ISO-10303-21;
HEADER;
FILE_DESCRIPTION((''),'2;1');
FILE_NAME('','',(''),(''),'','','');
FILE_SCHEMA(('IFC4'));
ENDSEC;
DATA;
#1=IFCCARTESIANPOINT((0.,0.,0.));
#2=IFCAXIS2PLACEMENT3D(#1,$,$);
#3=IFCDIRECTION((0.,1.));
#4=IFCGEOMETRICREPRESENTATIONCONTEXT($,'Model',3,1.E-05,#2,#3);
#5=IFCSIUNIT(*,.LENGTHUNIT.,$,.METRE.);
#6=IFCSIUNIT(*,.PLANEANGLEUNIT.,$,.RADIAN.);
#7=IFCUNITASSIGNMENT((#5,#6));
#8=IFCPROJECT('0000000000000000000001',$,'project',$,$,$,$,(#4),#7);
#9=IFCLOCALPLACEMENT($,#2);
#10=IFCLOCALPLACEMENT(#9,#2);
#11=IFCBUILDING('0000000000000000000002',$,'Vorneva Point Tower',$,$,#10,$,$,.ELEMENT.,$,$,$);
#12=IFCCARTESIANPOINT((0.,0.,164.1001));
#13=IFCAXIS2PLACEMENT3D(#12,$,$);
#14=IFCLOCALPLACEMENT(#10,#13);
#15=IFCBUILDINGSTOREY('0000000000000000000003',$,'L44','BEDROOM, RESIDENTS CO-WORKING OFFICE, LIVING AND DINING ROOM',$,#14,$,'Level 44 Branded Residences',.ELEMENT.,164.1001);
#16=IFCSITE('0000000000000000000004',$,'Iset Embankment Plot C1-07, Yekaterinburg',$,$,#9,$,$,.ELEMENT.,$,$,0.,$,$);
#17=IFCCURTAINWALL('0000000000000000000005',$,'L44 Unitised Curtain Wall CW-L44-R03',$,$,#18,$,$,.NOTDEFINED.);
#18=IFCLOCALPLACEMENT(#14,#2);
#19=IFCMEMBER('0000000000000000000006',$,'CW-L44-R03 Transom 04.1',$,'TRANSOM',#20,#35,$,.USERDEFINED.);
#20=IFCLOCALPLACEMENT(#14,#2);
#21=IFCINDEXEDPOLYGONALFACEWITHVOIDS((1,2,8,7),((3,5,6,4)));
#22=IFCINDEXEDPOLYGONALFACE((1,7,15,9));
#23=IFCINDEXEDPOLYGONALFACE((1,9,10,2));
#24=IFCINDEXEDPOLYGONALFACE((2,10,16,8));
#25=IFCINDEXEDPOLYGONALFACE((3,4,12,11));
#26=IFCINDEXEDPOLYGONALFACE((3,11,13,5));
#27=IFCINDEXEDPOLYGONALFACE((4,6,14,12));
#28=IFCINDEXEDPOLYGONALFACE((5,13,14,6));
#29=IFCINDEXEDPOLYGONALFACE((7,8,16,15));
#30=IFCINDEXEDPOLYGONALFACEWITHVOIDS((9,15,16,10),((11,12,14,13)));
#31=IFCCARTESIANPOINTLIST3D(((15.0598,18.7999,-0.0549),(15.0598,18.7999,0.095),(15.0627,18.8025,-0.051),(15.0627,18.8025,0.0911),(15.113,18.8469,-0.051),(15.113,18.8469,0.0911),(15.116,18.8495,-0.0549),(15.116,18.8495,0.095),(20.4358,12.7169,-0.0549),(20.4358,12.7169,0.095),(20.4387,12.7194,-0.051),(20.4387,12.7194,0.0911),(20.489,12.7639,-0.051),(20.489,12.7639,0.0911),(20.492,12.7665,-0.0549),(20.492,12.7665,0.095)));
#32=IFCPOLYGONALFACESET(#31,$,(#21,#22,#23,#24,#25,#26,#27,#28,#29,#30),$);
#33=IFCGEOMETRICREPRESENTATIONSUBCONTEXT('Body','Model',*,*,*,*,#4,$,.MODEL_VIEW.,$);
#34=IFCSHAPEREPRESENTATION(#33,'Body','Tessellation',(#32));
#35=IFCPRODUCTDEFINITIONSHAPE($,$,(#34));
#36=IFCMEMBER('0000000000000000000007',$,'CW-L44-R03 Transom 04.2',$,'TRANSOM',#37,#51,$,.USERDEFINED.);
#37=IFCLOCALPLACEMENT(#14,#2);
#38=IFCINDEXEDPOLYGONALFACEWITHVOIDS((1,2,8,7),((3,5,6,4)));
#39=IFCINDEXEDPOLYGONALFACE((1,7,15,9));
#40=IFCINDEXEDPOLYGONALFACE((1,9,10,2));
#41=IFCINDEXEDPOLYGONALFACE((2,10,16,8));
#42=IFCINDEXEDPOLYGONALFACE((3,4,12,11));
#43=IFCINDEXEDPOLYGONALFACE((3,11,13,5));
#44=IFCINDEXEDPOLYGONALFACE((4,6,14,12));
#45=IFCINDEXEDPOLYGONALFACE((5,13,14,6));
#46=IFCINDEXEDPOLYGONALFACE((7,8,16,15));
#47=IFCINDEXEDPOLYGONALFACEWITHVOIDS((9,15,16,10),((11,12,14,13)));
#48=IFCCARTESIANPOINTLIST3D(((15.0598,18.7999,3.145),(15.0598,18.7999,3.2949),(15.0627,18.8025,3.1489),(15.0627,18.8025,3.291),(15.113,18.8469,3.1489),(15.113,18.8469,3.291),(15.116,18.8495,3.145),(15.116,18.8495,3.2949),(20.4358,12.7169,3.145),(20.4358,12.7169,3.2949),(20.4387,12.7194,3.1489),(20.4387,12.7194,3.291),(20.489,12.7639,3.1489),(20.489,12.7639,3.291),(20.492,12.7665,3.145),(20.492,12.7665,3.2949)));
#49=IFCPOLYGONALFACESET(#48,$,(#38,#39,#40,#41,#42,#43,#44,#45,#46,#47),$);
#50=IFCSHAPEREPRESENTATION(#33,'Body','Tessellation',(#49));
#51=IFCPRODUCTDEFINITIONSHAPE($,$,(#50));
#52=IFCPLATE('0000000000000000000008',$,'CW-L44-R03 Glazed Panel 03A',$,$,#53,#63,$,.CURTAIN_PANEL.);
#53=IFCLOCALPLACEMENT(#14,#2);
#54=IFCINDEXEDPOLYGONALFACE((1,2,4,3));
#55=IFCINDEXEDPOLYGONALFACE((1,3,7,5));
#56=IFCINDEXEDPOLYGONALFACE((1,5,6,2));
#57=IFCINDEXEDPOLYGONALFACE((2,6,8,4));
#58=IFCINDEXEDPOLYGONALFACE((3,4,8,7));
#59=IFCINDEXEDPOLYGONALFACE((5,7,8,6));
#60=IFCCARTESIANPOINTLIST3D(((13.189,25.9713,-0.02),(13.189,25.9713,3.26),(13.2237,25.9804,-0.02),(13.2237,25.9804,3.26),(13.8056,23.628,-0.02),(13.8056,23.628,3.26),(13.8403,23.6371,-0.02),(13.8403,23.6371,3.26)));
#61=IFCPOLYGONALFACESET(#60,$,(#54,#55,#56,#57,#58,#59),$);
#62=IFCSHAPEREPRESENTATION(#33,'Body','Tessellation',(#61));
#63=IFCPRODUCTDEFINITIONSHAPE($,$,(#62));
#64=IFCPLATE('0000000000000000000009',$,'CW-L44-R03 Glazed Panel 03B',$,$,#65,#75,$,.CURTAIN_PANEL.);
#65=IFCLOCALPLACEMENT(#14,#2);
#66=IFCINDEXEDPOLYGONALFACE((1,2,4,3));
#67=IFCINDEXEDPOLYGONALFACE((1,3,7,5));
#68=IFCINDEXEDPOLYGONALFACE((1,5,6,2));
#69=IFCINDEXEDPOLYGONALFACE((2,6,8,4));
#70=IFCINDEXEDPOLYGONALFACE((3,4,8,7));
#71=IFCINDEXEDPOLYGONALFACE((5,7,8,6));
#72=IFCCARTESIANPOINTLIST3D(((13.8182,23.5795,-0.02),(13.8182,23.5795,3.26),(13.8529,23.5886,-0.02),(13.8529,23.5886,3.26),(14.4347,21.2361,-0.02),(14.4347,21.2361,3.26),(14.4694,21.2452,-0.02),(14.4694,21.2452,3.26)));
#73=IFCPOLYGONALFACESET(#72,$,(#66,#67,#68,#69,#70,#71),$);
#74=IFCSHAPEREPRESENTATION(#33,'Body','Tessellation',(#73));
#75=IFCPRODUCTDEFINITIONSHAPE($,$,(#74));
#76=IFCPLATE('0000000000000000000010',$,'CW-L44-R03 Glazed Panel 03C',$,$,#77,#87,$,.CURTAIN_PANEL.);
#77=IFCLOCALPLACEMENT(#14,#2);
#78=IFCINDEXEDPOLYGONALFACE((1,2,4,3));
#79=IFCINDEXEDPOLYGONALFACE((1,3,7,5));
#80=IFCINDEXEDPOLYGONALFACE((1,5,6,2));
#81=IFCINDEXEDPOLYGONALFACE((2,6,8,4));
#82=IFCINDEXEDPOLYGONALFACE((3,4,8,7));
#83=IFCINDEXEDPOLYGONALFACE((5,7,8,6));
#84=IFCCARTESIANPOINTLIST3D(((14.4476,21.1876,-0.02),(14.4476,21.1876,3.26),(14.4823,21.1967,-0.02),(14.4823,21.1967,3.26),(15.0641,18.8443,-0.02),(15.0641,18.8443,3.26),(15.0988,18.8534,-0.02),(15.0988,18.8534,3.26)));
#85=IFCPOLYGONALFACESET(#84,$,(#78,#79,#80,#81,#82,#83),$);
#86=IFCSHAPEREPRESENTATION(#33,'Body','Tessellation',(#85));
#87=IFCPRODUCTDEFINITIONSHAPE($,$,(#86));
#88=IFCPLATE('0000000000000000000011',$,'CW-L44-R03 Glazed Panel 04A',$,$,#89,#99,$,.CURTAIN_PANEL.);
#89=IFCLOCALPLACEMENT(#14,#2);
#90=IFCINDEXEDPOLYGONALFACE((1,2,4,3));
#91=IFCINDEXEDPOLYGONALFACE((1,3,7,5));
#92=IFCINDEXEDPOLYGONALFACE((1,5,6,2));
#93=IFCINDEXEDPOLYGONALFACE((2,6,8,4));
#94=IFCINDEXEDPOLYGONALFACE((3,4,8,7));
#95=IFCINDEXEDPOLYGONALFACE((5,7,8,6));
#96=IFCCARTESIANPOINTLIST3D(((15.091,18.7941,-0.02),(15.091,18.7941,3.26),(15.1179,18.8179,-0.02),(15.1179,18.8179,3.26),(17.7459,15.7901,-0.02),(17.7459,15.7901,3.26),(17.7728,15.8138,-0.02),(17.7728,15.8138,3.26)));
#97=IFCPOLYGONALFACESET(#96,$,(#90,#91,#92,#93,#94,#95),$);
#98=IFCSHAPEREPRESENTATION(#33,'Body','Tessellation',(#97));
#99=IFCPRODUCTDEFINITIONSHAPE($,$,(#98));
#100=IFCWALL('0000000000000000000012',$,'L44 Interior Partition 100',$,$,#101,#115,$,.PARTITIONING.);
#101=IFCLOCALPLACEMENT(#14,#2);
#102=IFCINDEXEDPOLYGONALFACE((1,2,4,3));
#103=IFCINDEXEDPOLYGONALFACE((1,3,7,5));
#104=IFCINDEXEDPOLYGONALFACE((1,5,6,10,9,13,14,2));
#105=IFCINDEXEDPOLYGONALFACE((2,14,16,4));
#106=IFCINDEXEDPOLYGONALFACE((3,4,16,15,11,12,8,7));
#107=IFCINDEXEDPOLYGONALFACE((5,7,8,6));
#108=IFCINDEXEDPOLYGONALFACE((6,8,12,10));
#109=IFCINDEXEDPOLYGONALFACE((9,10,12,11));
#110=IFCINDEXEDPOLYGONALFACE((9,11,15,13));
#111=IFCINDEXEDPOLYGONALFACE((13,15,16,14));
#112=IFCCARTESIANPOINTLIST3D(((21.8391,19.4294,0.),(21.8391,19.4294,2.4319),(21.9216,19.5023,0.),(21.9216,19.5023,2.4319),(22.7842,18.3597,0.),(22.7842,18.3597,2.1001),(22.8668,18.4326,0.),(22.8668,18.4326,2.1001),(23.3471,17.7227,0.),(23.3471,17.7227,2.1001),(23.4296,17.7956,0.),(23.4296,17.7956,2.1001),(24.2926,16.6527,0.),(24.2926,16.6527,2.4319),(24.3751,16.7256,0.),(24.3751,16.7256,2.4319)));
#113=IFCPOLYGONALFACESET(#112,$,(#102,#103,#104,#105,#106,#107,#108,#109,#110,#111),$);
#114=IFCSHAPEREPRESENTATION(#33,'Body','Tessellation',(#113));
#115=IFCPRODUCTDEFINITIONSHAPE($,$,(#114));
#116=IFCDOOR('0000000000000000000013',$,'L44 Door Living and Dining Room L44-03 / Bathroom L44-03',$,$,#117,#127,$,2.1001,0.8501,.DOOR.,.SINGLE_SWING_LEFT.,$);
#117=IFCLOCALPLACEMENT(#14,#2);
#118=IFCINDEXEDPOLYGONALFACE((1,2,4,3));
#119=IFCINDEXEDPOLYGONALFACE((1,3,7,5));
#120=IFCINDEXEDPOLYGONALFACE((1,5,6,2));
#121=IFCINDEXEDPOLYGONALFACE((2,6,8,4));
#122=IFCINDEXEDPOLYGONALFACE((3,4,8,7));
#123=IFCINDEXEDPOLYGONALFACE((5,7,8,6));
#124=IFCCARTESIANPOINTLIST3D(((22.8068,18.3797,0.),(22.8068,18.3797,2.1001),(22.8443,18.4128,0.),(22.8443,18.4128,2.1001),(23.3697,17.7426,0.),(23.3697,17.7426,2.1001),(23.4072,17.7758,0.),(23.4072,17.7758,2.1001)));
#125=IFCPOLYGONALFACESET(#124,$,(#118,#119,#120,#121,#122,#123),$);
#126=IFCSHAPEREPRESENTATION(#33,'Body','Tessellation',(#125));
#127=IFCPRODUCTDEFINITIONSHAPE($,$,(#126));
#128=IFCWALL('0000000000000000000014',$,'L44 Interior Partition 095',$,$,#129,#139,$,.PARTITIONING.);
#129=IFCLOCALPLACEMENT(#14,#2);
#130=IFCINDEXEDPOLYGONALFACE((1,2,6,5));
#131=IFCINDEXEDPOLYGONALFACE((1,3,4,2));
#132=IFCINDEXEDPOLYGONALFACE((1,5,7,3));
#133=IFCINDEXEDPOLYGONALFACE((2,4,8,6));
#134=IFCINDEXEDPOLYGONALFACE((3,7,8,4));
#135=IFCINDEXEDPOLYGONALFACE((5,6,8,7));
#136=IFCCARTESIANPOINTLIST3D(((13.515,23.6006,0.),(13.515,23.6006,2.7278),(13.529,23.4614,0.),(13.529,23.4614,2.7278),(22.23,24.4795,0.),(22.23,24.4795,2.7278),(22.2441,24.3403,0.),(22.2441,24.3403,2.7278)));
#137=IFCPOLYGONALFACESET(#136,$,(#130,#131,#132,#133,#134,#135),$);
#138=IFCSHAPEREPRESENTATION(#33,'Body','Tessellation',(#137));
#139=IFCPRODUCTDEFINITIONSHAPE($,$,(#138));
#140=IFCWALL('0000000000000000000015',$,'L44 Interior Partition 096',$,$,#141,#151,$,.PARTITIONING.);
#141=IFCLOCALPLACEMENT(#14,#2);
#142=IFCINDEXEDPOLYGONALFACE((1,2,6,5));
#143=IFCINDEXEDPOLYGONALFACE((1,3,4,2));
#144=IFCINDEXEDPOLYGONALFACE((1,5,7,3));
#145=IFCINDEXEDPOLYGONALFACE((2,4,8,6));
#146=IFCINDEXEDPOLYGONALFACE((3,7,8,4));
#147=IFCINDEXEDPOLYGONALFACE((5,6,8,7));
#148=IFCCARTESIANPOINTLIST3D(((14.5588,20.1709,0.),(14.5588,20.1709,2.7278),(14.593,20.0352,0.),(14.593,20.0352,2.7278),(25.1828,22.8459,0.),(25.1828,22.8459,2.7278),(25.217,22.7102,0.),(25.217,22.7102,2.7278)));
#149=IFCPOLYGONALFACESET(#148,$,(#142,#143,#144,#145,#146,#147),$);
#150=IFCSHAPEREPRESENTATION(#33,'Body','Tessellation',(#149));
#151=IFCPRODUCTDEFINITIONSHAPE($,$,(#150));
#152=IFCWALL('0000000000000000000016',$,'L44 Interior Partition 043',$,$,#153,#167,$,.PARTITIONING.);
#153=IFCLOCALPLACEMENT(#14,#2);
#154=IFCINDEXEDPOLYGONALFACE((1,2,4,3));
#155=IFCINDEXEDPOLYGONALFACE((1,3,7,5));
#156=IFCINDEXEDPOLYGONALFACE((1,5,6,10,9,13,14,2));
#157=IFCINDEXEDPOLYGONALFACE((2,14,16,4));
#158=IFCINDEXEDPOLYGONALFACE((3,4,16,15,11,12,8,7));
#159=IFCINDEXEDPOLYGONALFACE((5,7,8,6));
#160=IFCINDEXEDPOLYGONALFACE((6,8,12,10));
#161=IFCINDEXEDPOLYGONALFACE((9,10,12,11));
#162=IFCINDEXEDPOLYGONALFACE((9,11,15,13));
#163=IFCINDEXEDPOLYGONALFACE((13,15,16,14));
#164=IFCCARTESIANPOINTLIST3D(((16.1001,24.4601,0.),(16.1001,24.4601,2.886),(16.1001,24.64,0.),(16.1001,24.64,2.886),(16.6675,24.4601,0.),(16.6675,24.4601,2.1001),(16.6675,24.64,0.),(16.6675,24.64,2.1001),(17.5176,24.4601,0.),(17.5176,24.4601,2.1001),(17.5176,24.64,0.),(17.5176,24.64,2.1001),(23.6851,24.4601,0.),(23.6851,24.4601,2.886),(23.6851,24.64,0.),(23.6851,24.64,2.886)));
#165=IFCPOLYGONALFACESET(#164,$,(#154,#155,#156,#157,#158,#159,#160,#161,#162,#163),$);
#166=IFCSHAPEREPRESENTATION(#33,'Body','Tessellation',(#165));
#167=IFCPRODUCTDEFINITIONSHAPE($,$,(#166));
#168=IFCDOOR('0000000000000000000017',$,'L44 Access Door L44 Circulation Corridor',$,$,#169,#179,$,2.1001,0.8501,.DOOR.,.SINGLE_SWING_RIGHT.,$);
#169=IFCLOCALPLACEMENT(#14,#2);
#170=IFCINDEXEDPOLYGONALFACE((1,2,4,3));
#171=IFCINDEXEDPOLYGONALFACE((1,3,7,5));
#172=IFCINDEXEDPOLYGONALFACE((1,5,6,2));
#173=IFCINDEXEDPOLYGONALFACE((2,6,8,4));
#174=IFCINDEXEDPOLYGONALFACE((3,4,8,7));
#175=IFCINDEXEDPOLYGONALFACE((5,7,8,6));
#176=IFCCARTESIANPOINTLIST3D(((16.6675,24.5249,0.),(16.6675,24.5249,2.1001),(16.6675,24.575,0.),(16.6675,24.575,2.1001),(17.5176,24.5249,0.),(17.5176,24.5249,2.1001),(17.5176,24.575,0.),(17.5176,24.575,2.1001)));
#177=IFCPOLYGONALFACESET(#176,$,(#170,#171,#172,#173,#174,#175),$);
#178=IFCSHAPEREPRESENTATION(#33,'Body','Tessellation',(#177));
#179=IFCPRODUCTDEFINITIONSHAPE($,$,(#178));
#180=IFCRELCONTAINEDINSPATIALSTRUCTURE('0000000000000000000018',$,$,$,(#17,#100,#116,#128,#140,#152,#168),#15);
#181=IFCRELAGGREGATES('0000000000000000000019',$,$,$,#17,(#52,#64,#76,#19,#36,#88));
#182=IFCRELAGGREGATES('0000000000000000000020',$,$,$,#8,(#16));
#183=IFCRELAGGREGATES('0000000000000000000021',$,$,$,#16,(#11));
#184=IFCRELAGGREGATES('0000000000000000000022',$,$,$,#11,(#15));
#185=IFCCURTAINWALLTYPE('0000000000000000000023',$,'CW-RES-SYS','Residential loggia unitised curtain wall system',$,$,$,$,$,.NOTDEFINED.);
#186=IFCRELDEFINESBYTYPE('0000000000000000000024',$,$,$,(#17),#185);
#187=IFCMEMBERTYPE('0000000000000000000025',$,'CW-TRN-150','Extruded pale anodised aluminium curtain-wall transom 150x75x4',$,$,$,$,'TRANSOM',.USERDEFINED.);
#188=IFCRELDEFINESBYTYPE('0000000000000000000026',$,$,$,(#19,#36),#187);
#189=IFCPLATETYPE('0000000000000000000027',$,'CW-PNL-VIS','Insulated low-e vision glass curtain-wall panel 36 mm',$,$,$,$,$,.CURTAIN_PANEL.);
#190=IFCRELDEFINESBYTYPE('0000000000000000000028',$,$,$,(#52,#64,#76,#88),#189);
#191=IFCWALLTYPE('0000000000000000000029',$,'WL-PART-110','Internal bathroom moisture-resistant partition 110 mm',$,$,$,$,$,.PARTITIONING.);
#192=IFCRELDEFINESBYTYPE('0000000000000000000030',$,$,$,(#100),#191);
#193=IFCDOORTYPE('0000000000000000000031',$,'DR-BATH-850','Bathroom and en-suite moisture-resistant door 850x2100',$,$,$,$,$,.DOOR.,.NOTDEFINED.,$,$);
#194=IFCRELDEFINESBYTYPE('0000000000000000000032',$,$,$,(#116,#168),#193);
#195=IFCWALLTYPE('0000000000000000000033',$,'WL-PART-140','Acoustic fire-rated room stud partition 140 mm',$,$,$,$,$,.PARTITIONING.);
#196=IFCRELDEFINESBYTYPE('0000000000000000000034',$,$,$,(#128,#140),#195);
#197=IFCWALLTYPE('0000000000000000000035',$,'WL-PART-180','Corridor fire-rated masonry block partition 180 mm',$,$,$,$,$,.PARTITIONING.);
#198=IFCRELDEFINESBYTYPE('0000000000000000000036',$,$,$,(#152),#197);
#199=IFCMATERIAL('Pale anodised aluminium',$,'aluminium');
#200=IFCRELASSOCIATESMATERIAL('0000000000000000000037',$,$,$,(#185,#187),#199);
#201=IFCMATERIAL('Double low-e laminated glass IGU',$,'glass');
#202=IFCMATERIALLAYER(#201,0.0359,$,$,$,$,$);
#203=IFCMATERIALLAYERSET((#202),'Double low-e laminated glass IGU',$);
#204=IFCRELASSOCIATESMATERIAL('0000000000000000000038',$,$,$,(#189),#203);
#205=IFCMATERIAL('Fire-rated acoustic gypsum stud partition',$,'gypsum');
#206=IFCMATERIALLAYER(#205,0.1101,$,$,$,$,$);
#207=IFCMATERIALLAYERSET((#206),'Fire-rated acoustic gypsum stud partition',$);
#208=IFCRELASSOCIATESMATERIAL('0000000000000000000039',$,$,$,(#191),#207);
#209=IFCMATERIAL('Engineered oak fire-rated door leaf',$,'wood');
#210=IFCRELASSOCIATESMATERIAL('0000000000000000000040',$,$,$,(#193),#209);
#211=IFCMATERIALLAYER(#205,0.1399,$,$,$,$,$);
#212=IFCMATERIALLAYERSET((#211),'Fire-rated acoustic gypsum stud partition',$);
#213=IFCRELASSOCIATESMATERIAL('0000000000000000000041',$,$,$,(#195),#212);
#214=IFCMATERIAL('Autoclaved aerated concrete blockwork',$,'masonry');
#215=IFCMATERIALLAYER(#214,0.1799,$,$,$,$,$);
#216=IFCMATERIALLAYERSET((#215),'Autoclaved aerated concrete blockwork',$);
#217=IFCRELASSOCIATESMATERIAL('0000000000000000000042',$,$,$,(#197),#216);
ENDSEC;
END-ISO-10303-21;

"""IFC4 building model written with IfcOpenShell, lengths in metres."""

from ifc_helpers import new_model, si_unit, direction, frame, frame_2d, origin, origin_2d, place, context, subcontext, project, spatial, rectangle, hollow_rectangle, extrude, material, layer, layer_set, material_profile, profile_set, type_object, element, fill, aggregate, save


model = new_model("IFC4")

# Units and contexts
model_context = context("Model", 3, precision=1e-05, world=origin(), true_north=direction((0.0, 1.0)))
body_context = subcontext(model_context, "Body", "Model", "MODEL_VIEW")
ifc_project = project(units=[si_unit("LENGTHUNIT", "METRE"), si_unit("PLANEANGLEUNIT", "RADIAN")], contexts=[model_context])

# Site, building, storey
site_placement = place(None, origin())
site = spatial("IfcSite", under=ifc_project, at=site_placement, Name="Iset Embankment Plot C1-07, Yekaterinburg", CompositionType="ELEMENT", RefElevation=0.0)
building_placement = place(site_placement, origin())
building = spatial("IfcBuilding", under=site, at=building_placement, Name="Vorneva Point Tower", CompositionType="ELEMENT")
storey_placement = place(building_placement, frame((0.0, 0.0, 164.1001)))
storey = spatial("IfcBuildingStorey", under=building, at=storey_placement, Name="L44", Description="BEDROOM, RESIDENTS CO-WORKING OFFICE, LIVING AND DINING ROOM", LongName="Level 44 Branded Residences", CompositionType="ELEMENT", Elevation=164.1001)

# Curtain wall, members, plates
ifc_material_1 = material(Name="Pale anodised aluminium", Category="aluminium")
curtain_wall_type = type_object("IfcCurtainWallType", Name="CW-RES-SYS", Description="Residential loggia unitised curtain wall system", PredefinedType="NOTDEFINED", material=ifc_material_1)
curtain_wall_placement = place(storey_placement, origin())
curtain_wall = element("IfcCurtainWall", 1, at=curtain_wall_placement, inside=storey, type_object=curtain_wall_type, Name="L44 Unitised Curtain Wall CW-L44-R03", PredefinedType="NOTDEFINED")
ifc_material_profile_1 = material_profile(ifc_material_1, hollow_rectangle(XDim=0.075, YDim=0.1499, WallThickness=0.0039, at=origin_2d()), Name="AL-TRN 150x75x4")
ifc_profile_set_1 = profile_set([ifc_material_profile_1], Name="Pale anodised aluminium")
member_type_1 = type_object("IfcMemberType", Name="CW-TRN-150", Description="Extruded pale anodised aluminium curtain-wall transom 150x75x4", ElementType="TRANSOM", PredefinedType="USERDEFINED", material=ifc_profile_set_1)
member_1_placement = place(storey_placement, frame((15.0879, 18.8247, 0.02), z_axis=(0.662218, -0.749311, 0.0), x_axis=(0.749311, 0.662218, 0.0)))
member_1 = element("IfcMember", 2, at=member_1_placement, type_object=member_type_1, Name="CW-L44-R03 Transom 04.1", ObjectType="TRANSOM", PredefinedType="USERDEFINED", context=body_context, shape_type="SweptSolid", body=[
    extrude(hollow_rectangle(XDim=0.075, YDim=0.1499, WallThickness=0.0039, at=origin_2d()), origin(), (0.0, 0.0, 1.0), 8.1182),
])
member_2_placement = place(storey_placement, frame((15.0879, 18.8247, 3.22), z_axis=(0.662218, -0.749311, 0.0), x_axis=(0.749311, 0.662218, 0.0)))
member_2 = element("IfcMember", 3, at=member_2_placement, type_object=member_type_1, Name="CW-L44-R03 Transom 04.2", ObjectType="TRANSOM", PredefinedType="USERDEFINED", context=body_context, shape_type="SweptSolid", body=[
    extrude(hollow_rectangle(XDim=0.075, YDim=0.1499, WallThickness=0.0039, at=origin_2d()), origin(), (0.0, 0.0, 1.0), 8.1182),
])
ifc_material_2 = material(Name="Double low-e laminated glass IGU", Category="glass")
ifc_layer_1 = layer(ifc_material_2, 0.0359)
ifc_layer_set_1 = layer_set([ifc_layer_1], Name="Double low-e laminated glass IGU")
plate_type = type_object("IfcPlateType", Name="CW-PNL-VIS", Description="Insulated low-e vision glass curtain-wall panel 36 mm", PredefinedType="CURTAIN_PANEL", material=ifc_layer_set_1)
plate_1_placement = place(storey_placement, frame((13.5146, 24.8042, -0.02), z_axis=(0.0, 0.0, 1.0), x_axis=(0.254433, -0.96709, 0.0)))
plate_1 = element("IfcPlate", 4, at=plate_1_placement, type_object=plate_type, Name="CW-L44-R03 Glazed Panel 03A", PredefinedType="CURTAIN_PANEL", context=body_context, shape_type="SweptSolid", body=[
    extrude(rectangle(XDim=2.4231, YDim=0.0359, at=origin_2d()), origin(), (0.0, 0.0, 1.0), 3.28),
])
plate_2_placement = place(storey_placement, frame((14.1438, 22.4124, -0.02), z_axis=(0.0, 0.0, 1.0), x_axis=(0.254433, -0.96709, 0.0)))
plate_2 = element("IfcPlate", 5, at=plate_2_placement, type_object=plate_type, Name="CW-L44-R03 Glazed Panel 03B", PredefinedType="CURTAIN_PANEL", context=body_context, shape_type="SweptSolid", body=[
    extrude(rectangle(XDim=2.4231, YDim=0.0359, at=origin_2d()), origin(), (0.0, 0.0, 1.0), 3.28),
])
plate_3_placement = place(storey_placement, frame((14.7732, 20.0205, -0.02), z_axis=(0.0, 0.0, 1.0), x_axis=(0.254433, -0.96709, 0.0)))
plate_3 = element("IfcPlate", 6, at=plate_3_placement, type_object=plate_type, Name="CW-L44-R03 Glazed Panel 03C", PredefinedType="CURTAIN_PANEL", context=body_context, shape_type="SweptSolid", body=[
    extrude(rectangle(XDim=2.4231, YDim=0.0359, at=origin_2d()), origin(), (0.0, 0.0, 1.0), 3.28),
])
plate_4_placement = place(storey_placement, frame((16.4319, 17.304, -0.02), z_axis=(0.0, 0.0, 1.0), x_axis=(0.662215, -0.749314, 0.0)))
plate_4 = element("IfcPlate", 7, at=plate_4_placement, type_object=plate_type, Name="CW-L44-R03 Glazed Panel 04A", PredefinedType="CURTAIN_PANEL", context=body_context, shape_type="SweptSolid", body=[
    extrude(rectangle(XDim=4.009, YDim=0.0359, at=origin_2d()), origin(), (0.0, 0.0, 1.0), 3.28),
])
aggregate(curtain_wall, [plate_1, plate_2, plate_3, member_1, member_2, plate_4])

# Wall, opening, door
ifc_material_3 = material(Name="Fire-rated acoustic gypsum stud partition", Category="gypsum")
ifc_layer_2 = layer(ifc_material_3, 0.1101)
ifc_layer_set_2 = layer_set([ifc_layer_2], Name="Fire-rated acoustic gypsum stud partition")
wall_type_1 = type_object("IfcWallType", Name="WL-PART-110", Description="Internal bathroom moisture-resistant partition 110 mm", PredefinedType="PARTITIONING", material=ifc_layer_set_2)
wall_1_placement = place(storey_placement, frame((24.3337, 16.6892, 0.0), z_axis=(0.0, 0.0, 1.0), x_axis=(-0.66214, 0.74938, 0.0)))
wall_1 = element("IfcWall", 8, at=wall_1_placement, inside=storey, type_object=wall_type_1, Name="L44 Interior Partition 100", PredefinedType="PARTITIONING", context=body_context, shape_type="SweptSolid", body=[
    extrude(rectangle(XDim=3.7053, YDim=0.1101, at=frame_2d((1.8525, 0.0))), origin(), (0.0, 0.0, 1.0), 2.4319),
])
opening_1_placement = place(wall_1_placement, frame((1.4277, 0.0, 0.0)))
opening_1 = element("IfcOpeningElement", 9, at=opening_1_placement, cuts=wall_1, PredefinedType="OPENING", context=body_context, shape_type="SweptSolid", body=[
    extrude(rectangle(XDim=0.8501, YDim=2.1001, at=frame_2d((0.425, 1.05))), frame((0.0, 0.0698, 0.0), z_axis=(0.0, -1.0, 0.0), x_axis=(1.0, 0.0, 0.0)), (0.0, 0.0, 1.0), 0.1399),
])
ifc_material_4 = material(Name="Engineered oak fire-rated door leaf", Category="wood")
door_type_1 = type_object("IfcDoorType", Name="DR-BATH-850", Description="Bathroom and en-suite moisture-resistant door 850x2100", OperationType="NOTDEFINED", PredefinedType="DOOR", material=ifc_material_4)
door_1_placement = place(opening_1_placement, origin())
door_1 = element("IfcDoor", 10, at=door_1_placement, inside=storey, type_object=door_type_1, Name="L44 Door Living and Dining Room L44-03 / Bathroom L44-03", OperationType="SINGLE_SWING_LEFT", OverallHeight=2.1001, OverallWidth=0.8501, PredefinedType="DOOR", context=body_context, shape_type="SweptSolid", body=[
    extrude(rectangle(XDim=0.8501, YDim=2.1001, at=frame_2d((0.425, 1.05))), frame((0.0, 0.0249, 0.0), z_axis=(0.0, -1.0, 0.0), x_axis=(1.0, 0.0, 0.0)), (0.0, 0.0, 1.0), 0.05),
])
fill(opening_1, door_1)

# Walls
ifc_layer_3 = layer(ifc_material_3, 0.1399)
ifc_layer_set_3 = layer_set([ifc_layer_3], Name="Fire-rated acoustic gypsum stud partition")
wall_type_2 = type_object("IfcWallType", Name="WL-PART-140", Description="Acoustic fire-rated room stud partition 140 mm", PredefinedType="PARTITIONING", material=ifc_layer_set_3)
wall_2_placement = place(storey_placement, frame((13.522, 23.531, 0.0), z_axis=(0.0, 0.0, 1.0), x_axis=(0.994953, 0.10034, 0.0)))
element("IfcWall", 11, at=wall_2_placement, inside=storey, type_object=wall_type_2, Name="L44 Interior Partition 095", PredefinedType="PARTITIONING", context=body_context, shape_type="SweptSolid", body=[
    extrude(rectangle(XDim=8.7593, YDim=0.1399, at=frame_2d((4.3796, 0.0))), origin(), (0.0, 0.0, 1.0), 2.7278),
])
wall_3_placement = place(storey_placement, frame((14.5759, 20.103, 0.0), z_axis=(0.0, 0.0, 1.0), x_axis=(0.969732, 0.244171, 0.0)))
element("IfcWall", 12, at=wall_3_placement, inside=storey, type_object=wall_type_2, Name="L44 Interior Partition 096", PredefinedType="PARTITIONING", context=body_context, shape_type="SweptSolid", body=[
    extrude(rectangle(XDim=10.9556, YDim=0.1399, at=frame_2d((5.4778, 0.0))), origin(), (0.0, 0.0, 1.0), 2.7278),
])

# Wall, opening, door
ifc_material_5 = material(Name="Autoclaved aerated concrete blockwork", Category="masonry")
ifc_layer_4 = layer(ifc_material_5, 0.1799)
ifc_layer_set_4 = layer_set([ifc_layer_4], Name="Autoclaved aerated concrete blockwork")
wall_type_3 = type_object("IfcWallType", Name="WL-PART-180", Description="Corridor fire-rated masonry block partition 180 mm", PredefinedType="PARTITIONING", material=ifc_layer_set_4)
wall_4_placement = place(storey_placement, frame((16.1001, 24.55, 0.0), z_axis=(0.0, 0.0, 1.0), x_axis=(1.0, 0.0, 0.0)))
wall_4 = element("IfcWall", 13, at=wall_4_placement, inside=storey, type_object=wall_type_3, Name="L44 Interior Partition 043", PredefinedType="PARTITIONING", context=body_context, shape_type="SweptSolid", body=[
    extrude(rectangle(XDim=7.585, YDim=0.1799, at=frame_2d((3.7925, 0.0))), origin(), (0.0, 0.0, 1.0), 2.886),
])
opening_2_placement = place(wall_4_placement, frame((0.5674, 0.0, 0.0)))
opening_2 = element("IfcOpeningElement", 14, at=opening_2_placement, cuts=wall_4, PredefinedType="OPENING", context=body_context, shape_type="SweptSolid", body=[
    extrude(rectangle(XDim=0.8501, YDim=2.1001, at=frame_2d((0.425, 1.05))), frame((0.0, 0.105, 0.0), z_axis=(0.0, -1.0, 0.0), x_axis=(1.0, 0.0, 0.0)), (0.0, 0.0, 1.0), 0.2097),
])
door_2_placement = place(opening_2_placement, origin())
door_2 = element("IfcDoor", 15, at=door_2_placement, inside=storey, type_object=door_type_1, Name="L44 Access Door L44 Circulation Corridor", OperationType="SINGLE_SWING_RIGHT", OverallHeight=2.1001, OverallWidth=0.8501, PredefinedType="DOOR", context=body_context, shape_type="SweptSolid", body=[
    extrude(rectangle(XDim=0.8501, YDim=2.1001, at=frame_2d((0.425, 1.05))), frame((0.0, 0.0249, 0.0), z_axis=(0.0, -1.0, 0.0), x_axis=(1.0, 0.0, 0.0)), (0.0, 0.0, 1.0), 0.05),
])
fill(opening_2, door_2)

save(model, "model.ifc")
